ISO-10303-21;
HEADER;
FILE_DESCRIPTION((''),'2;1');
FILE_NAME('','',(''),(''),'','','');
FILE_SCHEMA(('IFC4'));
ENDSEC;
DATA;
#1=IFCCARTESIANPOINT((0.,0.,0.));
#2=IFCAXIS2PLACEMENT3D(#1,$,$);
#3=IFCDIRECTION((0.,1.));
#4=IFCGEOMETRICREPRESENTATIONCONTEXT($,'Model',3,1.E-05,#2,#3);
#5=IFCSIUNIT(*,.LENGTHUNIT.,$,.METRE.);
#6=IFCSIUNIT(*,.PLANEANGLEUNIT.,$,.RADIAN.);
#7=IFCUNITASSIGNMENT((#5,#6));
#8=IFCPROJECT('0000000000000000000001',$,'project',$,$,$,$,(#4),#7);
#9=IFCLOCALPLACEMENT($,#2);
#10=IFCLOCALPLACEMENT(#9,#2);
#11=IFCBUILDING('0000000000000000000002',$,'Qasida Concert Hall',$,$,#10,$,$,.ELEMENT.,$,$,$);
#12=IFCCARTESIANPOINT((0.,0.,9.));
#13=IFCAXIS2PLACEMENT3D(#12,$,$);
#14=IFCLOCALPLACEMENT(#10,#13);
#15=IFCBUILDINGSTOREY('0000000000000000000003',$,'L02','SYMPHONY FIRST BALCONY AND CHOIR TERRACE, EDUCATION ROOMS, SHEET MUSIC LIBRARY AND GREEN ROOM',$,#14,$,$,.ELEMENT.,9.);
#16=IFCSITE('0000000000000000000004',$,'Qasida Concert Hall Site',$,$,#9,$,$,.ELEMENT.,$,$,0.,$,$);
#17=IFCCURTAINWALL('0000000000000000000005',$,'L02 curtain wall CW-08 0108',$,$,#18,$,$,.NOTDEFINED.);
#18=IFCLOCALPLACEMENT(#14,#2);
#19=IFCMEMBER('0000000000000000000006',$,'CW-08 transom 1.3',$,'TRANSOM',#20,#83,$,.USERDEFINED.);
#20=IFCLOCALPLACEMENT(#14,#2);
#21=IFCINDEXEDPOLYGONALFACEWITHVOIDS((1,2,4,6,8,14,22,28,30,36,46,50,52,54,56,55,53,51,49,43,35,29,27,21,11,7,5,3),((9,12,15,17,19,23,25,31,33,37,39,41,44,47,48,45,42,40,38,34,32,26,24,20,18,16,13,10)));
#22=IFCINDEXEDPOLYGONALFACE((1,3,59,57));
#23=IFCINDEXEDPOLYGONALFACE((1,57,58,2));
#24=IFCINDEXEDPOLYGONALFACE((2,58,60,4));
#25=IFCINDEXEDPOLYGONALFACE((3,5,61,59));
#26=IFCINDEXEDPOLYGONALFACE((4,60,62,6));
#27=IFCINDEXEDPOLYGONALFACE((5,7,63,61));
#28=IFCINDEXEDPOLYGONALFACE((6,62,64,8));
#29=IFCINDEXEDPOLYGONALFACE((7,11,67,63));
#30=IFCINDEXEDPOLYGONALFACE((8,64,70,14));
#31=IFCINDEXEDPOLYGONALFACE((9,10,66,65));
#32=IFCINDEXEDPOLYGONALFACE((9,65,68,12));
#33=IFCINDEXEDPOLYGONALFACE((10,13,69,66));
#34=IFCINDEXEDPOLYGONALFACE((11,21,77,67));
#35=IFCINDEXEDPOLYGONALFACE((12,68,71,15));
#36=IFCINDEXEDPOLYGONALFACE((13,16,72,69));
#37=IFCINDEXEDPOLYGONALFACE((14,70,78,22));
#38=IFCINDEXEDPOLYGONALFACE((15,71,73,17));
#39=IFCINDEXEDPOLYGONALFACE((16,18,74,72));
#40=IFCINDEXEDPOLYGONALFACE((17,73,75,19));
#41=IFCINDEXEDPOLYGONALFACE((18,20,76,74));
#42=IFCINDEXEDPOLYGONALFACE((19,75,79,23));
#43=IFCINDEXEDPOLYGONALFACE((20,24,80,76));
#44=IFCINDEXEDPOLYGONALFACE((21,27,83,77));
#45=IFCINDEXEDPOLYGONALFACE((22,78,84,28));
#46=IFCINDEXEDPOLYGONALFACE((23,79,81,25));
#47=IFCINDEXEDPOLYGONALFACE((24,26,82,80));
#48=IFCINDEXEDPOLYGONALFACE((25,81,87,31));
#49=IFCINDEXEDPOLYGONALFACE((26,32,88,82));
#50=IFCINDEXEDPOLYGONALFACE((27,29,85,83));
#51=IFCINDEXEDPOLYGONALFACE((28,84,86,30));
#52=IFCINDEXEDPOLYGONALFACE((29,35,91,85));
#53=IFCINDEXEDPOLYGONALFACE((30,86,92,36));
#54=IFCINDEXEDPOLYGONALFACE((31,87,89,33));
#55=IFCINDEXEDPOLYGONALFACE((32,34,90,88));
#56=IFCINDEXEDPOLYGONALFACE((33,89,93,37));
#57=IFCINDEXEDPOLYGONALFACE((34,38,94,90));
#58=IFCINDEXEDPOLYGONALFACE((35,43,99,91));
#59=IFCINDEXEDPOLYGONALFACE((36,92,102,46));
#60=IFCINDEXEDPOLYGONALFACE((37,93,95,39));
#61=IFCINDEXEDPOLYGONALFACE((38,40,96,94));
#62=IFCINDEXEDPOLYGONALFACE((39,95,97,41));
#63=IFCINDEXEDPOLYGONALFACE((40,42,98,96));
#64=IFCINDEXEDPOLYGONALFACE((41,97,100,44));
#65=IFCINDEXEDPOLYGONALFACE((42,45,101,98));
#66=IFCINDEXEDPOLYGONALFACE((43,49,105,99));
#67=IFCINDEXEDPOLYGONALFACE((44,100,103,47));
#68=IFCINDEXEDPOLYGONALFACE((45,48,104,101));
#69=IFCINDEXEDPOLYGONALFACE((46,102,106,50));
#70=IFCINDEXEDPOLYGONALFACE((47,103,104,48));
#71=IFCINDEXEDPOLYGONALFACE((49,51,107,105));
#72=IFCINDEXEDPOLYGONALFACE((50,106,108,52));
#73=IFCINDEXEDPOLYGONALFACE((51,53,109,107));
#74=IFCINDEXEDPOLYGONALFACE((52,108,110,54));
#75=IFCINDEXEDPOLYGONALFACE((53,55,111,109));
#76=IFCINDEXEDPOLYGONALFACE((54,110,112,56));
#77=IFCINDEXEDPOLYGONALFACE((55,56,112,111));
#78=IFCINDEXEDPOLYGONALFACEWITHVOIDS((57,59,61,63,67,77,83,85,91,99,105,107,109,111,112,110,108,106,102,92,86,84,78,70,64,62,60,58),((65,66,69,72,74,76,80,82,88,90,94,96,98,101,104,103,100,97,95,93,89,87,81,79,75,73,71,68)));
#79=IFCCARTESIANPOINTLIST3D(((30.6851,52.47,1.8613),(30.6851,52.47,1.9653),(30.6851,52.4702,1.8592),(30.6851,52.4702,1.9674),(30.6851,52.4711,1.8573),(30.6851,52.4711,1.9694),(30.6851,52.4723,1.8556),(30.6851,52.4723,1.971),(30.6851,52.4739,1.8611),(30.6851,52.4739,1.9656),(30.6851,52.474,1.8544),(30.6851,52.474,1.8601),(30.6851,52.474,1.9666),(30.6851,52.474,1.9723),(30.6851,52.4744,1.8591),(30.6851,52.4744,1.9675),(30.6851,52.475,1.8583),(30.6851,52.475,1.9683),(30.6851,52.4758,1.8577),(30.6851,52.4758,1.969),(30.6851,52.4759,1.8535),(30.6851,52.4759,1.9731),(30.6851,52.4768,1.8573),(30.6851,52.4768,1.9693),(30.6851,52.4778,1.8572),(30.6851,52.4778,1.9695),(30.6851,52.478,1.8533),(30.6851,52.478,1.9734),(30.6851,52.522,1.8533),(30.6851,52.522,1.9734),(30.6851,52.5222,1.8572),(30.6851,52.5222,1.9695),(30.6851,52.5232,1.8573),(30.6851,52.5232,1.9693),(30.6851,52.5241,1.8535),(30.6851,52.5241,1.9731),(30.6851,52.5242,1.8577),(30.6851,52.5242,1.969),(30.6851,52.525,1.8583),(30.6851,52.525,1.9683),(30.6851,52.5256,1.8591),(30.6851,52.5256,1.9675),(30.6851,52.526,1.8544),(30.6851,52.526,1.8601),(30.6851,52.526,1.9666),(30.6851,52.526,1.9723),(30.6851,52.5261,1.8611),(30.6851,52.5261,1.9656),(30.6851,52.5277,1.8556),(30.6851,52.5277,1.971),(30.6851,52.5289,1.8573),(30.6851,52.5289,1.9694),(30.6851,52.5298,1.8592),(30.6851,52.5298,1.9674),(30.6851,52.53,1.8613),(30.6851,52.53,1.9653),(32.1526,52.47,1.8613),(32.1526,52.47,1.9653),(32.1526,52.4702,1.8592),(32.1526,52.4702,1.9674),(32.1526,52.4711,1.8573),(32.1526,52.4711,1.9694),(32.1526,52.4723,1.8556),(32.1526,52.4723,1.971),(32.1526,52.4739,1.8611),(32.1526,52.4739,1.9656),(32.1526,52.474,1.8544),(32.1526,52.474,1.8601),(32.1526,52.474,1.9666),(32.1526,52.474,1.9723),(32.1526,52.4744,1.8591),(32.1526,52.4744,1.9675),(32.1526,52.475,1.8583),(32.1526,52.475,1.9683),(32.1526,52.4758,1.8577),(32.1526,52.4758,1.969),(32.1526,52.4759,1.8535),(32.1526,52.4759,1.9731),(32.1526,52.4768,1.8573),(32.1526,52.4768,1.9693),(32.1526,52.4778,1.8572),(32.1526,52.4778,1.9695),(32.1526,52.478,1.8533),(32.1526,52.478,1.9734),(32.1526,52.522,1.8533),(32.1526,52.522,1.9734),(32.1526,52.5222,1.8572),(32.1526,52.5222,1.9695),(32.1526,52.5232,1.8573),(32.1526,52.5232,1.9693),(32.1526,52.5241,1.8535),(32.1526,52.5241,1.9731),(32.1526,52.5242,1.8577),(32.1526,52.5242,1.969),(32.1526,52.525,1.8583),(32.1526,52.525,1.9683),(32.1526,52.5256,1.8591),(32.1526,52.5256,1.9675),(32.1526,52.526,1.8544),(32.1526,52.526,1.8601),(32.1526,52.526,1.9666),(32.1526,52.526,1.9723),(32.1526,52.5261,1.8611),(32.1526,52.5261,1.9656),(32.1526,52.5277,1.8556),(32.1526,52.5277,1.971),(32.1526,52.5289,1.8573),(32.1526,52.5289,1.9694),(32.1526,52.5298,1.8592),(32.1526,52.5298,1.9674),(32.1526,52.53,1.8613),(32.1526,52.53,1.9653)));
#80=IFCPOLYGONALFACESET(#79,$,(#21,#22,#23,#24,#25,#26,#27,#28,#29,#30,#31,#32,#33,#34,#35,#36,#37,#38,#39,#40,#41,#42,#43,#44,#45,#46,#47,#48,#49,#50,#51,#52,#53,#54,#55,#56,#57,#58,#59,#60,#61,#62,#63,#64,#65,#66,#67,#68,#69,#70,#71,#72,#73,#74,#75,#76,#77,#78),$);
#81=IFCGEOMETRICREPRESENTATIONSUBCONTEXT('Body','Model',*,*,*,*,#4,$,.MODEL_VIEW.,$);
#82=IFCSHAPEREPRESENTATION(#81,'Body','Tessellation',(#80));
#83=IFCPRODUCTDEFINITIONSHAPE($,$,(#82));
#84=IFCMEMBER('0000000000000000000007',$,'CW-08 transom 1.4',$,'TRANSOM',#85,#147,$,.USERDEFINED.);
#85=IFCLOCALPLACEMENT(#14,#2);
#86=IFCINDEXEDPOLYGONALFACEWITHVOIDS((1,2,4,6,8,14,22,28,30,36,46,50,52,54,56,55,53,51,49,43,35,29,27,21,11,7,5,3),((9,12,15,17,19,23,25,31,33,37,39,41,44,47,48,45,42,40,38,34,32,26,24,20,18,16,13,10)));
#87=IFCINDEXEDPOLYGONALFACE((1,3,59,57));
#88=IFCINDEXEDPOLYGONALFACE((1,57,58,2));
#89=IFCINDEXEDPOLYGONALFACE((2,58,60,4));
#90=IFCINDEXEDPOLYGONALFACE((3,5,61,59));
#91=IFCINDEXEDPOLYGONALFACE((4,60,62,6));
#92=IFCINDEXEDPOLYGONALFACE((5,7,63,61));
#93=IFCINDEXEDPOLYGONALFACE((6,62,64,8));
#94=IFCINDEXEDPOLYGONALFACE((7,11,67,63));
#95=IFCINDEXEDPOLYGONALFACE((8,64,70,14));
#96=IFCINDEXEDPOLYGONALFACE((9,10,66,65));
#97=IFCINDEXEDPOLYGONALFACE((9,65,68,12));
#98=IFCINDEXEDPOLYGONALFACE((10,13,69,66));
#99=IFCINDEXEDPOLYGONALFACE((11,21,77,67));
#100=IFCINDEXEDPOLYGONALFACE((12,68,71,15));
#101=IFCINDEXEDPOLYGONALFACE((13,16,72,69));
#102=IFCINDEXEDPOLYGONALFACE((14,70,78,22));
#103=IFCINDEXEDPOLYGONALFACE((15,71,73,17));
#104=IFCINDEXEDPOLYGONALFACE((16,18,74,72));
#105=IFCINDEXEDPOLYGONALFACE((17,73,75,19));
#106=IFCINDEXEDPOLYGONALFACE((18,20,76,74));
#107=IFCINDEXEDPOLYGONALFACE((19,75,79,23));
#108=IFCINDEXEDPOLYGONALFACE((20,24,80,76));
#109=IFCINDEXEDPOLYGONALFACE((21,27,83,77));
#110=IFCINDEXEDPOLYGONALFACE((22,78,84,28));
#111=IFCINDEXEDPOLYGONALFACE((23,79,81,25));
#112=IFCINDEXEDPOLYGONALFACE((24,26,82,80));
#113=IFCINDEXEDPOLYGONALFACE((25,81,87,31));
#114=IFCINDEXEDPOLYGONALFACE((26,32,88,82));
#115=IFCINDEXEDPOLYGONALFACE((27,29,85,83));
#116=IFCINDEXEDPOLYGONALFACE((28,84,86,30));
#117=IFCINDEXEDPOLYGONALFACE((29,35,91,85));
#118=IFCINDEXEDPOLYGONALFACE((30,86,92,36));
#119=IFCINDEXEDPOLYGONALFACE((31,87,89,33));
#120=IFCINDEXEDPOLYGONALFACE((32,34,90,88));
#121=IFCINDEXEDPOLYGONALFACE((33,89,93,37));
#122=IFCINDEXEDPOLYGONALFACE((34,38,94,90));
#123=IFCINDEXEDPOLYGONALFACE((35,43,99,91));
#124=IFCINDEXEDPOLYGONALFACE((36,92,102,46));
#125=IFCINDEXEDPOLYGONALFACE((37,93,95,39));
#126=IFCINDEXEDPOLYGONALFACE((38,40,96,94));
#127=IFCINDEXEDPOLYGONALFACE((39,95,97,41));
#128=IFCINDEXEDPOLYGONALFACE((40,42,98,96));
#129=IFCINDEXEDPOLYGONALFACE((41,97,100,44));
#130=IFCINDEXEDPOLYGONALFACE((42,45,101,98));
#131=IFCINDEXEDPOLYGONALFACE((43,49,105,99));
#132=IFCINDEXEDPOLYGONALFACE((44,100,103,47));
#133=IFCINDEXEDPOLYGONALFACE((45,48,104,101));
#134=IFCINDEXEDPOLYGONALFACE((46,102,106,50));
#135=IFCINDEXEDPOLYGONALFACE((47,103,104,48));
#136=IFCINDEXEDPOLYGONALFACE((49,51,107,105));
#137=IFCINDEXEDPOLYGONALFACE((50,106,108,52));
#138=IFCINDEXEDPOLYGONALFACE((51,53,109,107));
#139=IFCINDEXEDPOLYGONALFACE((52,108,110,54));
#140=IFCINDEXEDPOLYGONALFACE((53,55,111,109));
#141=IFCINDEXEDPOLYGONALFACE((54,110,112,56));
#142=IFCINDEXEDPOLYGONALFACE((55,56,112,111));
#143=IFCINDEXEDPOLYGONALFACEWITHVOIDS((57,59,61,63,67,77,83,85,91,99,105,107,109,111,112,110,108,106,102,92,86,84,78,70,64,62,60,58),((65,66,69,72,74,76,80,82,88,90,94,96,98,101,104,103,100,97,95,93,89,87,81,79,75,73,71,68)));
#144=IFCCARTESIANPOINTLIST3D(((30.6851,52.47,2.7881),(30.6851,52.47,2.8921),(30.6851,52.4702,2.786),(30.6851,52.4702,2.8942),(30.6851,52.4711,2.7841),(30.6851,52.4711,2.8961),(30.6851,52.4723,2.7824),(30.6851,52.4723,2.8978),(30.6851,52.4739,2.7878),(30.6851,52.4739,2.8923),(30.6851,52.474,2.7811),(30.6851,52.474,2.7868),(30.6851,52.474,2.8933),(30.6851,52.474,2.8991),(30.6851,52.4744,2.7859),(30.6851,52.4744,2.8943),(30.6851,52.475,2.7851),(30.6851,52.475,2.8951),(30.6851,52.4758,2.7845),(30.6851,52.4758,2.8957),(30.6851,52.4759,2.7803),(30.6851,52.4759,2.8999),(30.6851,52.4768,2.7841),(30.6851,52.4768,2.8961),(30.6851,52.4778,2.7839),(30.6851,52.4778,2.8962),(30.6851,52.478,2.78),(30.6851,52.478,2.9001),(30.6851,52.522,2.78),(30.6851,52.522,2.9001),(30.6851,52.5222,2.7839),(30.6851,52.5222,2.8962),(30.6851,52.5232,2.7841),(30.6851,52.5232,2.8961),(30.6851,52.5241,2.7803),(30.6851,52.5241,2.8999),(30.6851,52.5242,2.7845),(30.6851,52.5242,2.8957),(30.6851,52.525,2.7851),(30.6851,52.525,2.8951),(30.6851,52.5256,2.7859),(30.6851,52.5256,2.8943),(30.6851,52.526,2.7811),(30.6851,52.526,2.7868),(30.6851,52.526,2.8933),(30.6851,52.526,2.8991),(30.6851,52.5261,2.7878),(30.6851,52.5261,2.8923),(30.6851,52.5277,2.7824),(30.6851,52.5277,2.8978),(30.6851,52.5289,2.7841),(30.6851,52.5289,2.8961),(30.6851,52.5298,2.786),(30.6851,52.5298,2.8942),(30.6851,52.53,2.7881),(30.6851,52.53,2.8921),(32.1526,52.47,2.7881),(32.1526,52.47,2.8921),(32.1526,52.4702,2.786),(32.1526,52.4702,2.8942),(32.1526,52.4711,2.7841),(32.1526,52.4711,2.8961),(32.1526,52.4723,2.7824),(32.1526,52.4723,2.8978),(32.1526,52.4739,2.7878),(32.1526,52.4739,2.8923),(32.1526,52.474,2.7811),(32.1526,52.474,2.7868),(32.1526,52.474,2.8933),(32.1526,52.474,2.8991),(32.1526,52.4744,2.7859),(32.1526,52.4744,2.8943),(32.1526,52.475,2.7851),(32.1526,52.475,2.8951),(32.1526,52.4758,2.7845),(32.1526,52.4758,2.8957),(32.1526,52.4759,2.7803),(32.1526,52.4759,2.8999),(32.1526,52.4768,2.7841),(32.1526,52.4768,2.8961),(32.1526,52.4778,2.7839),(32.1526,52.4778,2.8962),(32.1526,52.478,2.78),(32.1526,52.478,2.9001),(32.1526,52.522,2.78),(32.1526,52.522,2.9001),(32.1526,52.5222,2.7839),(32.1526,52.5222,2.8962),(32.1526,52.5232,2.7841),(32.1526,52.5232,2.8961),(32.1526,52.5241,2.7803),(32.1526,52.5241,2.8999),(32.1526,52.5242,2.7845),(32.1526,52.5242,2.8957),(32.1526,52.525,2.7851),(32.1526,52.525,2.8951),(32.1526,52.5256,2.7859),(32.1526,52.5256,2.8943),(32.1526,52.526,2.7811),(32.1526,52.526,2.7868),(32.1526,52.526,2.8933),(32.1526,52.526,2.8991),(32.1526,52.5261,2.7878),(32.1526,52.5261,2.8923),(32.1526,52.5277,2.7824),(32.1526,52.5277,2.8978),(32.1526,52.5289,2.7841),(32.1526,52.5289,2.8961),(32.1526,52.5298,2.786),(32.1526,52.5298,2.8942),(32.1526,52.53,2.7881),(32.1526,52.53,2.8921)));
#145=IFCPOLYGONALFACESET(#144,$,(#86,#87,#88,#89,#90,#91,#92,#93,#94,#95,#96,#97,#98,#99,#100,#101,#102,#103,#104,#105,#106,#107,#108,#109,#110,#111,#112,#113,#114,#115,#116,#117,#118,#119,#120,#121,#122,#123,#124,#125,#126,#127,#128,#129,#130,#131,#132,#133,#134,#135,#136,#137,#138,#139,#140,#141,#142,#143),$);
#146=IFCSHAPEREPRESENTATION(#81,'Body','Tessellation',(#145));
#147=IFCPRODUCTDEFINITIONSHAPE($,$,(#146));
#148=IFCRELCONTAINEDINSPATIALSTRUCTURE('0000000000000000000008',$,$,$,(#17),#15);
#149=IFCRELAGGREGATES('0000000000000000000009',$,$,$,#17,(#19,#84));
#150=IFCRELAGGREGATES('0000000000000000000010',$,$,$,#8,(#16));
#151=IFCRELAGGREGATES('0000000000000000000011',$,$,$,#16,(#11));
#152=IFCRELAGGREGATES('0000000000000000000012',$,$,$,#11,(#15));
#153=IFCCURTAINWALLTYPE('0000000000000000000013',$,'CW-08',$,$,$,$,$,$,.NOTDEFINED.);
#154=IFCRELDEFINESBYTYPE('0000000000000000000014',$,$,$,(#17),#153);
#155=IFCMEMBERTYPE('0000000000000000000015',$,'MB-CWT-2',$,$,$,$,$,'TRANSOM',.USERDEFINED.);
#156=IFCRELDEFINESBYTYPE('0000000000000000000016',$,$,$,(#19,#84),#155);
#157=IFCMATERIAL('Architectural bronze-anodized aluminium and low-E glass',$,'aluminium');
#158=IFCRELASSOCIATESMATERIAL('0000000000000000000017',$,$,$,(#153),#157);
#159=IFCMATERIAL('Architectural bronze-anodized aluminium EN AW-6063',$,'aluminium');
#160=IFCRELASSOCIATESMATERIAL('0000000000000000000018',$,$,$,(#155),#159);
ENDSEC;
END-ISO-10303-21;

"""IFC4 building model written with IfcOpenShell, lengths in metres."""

from ifc_helpers import new_model, si_unit, direction, frame, origin, origin_2d, place, context, subcontext, project, spatial, hollow_rectangle, extrude, material, material_profile, profile_set, type_object, element, aggregate, save


model = new_model("IFC4")

# Units and contexts
model_context = context("Model", 3, precision=1e-05, world=origin(), true_north=direction((0.0, 1.0)))
body_context = subcontext(model_context, "Body", "Model", "MODEL_VIEW")
ifc_project = project(units=[si_unit("LENGTHUNIT", "METRE"), si_unit("PLANEANGLEUNIT", "RADIAN")], contexts=[model_context])

# Site, building, storey
site_placement = place(None, origin())
site = spatial("IfcSite", under=ifc_project, at=site_placement, Name="Qasida Concert Hall Site", CompositionType="ELEMENT", RefElevation=0.0)
building_placement = place(site_placement, origin())
building = spatial("IfcBuilding", under=site, at=building_placement, Name="Qasida Concert Hall", CompositionType="ELEMENT")
storey_placement = place(building_placement, frame((0.0, 0.0, 9.0)))
storey = spatial("IfcBuildingStorey", under=building, at=storey_placement, Name="L02", Description="SYMPHONY FIRST BALCONY AND CHOIR TERRACE, EDUCATION ROOMS, SHEET MUSIC LIBRARY AND GREEN ROOM", CompositionType="ELEMENT", Elevation=9.0)

# Shared definitions
ifc_material_1 = material(Name="Architectural bronze-anodized aluminium and low-E glass", Category="aluminium")
curtain_wall_type = type_object("IfcCurtainWallType", Name="CW-08", PredefinedType="NOTDEFINED", material=ifc_material_1)
ifc_material_2 = material(Name="Architectural bronze-anodized aluminium EN AW-6063", Category="aluminium")

# Curtain wall
curtain_wall_1_placement = place(storey_placement, origin())
curtain_wall_1 = element("IfcCurtainWall", 1, at=curtain_wall_1_placement, inside=storey, type_object=curtain_wall_type, Name="L02 curtain wall CW-08 0108", PredefinedType="NOTDEFINED")

# Members
ifc_material_profile_1 = material_profile(ifc_material_2, hollow_rectangle(XDim=0.0601, YDim=0.1201, WallThickness=0.0039, InnerFilletRadius=0.0039, OuterFilletRadius=0.0081, at=origin_2d()), Name="CWT 120x60x4")
ifc_profile_set_1 = profile_set([ifc_material_profile_1], Name="Architectural bronze-anodized aluminium EN AW-6063")
member_type_1 = type_object("IfcMemberType", Name="MB-CWT-2", ElementType="TRANSOM", PredefinedType="USERDEFINED", material=ifc_profile_set_1)
member_1_placement = place(storey_placement, frame((30.6851, 52.5, 1.9133), z_axis=(1.0, 0.0, 0.0), x_axis=(0.0, 1.0, 0.0)))
member_1 = element("IfcMember", 2, at=member_1_placement, type_object=member_type_1, Name="CW-08 transom 1.3", ObjectType="TRANSOM", PredefinedType="USERDEFINED", context=body_context, shape_type="SweptSolid", body=[
    extrude(hollow_rectangle(XDim=0.0601, YDim=0.1201, WallThickness=0.0039, InnerFilletRadius=0.0039, OuterFilletRadius=0.0081, at=origin_2d()), origin(), (0.0, 0.0, 1.0), 1.4675),
])
member_2_placement = place(storey_placement, frame((30.6851, 52.5, 2.8401), z_axis=(1.0, 0.0, 0.0), x_axis=(0.0, 1.0, 0.0)))
member_2 = element("IfcMember", 3, at=member_2_placement, type_object=member_type_1, Name="CW-08 transom 1.4", ObjectType="TRANSOM", PredefinedType="USERDEFINED", context=body_context, shape_type="SweptSolid", body=[
    extrude(hollow_rectangle(XDim=0.0601, YDim=0.1201, WallThickness=0.0039, InnerFilletRadius=0.0039, OuterFilletRadius=0.0081, at=origin_2d()), origin(), (0.0, 0.0, 1.0), 1.4675),
])

aggregate(curtain_wall_1, [member_1, member_2])

save(model, "model.ifc")
